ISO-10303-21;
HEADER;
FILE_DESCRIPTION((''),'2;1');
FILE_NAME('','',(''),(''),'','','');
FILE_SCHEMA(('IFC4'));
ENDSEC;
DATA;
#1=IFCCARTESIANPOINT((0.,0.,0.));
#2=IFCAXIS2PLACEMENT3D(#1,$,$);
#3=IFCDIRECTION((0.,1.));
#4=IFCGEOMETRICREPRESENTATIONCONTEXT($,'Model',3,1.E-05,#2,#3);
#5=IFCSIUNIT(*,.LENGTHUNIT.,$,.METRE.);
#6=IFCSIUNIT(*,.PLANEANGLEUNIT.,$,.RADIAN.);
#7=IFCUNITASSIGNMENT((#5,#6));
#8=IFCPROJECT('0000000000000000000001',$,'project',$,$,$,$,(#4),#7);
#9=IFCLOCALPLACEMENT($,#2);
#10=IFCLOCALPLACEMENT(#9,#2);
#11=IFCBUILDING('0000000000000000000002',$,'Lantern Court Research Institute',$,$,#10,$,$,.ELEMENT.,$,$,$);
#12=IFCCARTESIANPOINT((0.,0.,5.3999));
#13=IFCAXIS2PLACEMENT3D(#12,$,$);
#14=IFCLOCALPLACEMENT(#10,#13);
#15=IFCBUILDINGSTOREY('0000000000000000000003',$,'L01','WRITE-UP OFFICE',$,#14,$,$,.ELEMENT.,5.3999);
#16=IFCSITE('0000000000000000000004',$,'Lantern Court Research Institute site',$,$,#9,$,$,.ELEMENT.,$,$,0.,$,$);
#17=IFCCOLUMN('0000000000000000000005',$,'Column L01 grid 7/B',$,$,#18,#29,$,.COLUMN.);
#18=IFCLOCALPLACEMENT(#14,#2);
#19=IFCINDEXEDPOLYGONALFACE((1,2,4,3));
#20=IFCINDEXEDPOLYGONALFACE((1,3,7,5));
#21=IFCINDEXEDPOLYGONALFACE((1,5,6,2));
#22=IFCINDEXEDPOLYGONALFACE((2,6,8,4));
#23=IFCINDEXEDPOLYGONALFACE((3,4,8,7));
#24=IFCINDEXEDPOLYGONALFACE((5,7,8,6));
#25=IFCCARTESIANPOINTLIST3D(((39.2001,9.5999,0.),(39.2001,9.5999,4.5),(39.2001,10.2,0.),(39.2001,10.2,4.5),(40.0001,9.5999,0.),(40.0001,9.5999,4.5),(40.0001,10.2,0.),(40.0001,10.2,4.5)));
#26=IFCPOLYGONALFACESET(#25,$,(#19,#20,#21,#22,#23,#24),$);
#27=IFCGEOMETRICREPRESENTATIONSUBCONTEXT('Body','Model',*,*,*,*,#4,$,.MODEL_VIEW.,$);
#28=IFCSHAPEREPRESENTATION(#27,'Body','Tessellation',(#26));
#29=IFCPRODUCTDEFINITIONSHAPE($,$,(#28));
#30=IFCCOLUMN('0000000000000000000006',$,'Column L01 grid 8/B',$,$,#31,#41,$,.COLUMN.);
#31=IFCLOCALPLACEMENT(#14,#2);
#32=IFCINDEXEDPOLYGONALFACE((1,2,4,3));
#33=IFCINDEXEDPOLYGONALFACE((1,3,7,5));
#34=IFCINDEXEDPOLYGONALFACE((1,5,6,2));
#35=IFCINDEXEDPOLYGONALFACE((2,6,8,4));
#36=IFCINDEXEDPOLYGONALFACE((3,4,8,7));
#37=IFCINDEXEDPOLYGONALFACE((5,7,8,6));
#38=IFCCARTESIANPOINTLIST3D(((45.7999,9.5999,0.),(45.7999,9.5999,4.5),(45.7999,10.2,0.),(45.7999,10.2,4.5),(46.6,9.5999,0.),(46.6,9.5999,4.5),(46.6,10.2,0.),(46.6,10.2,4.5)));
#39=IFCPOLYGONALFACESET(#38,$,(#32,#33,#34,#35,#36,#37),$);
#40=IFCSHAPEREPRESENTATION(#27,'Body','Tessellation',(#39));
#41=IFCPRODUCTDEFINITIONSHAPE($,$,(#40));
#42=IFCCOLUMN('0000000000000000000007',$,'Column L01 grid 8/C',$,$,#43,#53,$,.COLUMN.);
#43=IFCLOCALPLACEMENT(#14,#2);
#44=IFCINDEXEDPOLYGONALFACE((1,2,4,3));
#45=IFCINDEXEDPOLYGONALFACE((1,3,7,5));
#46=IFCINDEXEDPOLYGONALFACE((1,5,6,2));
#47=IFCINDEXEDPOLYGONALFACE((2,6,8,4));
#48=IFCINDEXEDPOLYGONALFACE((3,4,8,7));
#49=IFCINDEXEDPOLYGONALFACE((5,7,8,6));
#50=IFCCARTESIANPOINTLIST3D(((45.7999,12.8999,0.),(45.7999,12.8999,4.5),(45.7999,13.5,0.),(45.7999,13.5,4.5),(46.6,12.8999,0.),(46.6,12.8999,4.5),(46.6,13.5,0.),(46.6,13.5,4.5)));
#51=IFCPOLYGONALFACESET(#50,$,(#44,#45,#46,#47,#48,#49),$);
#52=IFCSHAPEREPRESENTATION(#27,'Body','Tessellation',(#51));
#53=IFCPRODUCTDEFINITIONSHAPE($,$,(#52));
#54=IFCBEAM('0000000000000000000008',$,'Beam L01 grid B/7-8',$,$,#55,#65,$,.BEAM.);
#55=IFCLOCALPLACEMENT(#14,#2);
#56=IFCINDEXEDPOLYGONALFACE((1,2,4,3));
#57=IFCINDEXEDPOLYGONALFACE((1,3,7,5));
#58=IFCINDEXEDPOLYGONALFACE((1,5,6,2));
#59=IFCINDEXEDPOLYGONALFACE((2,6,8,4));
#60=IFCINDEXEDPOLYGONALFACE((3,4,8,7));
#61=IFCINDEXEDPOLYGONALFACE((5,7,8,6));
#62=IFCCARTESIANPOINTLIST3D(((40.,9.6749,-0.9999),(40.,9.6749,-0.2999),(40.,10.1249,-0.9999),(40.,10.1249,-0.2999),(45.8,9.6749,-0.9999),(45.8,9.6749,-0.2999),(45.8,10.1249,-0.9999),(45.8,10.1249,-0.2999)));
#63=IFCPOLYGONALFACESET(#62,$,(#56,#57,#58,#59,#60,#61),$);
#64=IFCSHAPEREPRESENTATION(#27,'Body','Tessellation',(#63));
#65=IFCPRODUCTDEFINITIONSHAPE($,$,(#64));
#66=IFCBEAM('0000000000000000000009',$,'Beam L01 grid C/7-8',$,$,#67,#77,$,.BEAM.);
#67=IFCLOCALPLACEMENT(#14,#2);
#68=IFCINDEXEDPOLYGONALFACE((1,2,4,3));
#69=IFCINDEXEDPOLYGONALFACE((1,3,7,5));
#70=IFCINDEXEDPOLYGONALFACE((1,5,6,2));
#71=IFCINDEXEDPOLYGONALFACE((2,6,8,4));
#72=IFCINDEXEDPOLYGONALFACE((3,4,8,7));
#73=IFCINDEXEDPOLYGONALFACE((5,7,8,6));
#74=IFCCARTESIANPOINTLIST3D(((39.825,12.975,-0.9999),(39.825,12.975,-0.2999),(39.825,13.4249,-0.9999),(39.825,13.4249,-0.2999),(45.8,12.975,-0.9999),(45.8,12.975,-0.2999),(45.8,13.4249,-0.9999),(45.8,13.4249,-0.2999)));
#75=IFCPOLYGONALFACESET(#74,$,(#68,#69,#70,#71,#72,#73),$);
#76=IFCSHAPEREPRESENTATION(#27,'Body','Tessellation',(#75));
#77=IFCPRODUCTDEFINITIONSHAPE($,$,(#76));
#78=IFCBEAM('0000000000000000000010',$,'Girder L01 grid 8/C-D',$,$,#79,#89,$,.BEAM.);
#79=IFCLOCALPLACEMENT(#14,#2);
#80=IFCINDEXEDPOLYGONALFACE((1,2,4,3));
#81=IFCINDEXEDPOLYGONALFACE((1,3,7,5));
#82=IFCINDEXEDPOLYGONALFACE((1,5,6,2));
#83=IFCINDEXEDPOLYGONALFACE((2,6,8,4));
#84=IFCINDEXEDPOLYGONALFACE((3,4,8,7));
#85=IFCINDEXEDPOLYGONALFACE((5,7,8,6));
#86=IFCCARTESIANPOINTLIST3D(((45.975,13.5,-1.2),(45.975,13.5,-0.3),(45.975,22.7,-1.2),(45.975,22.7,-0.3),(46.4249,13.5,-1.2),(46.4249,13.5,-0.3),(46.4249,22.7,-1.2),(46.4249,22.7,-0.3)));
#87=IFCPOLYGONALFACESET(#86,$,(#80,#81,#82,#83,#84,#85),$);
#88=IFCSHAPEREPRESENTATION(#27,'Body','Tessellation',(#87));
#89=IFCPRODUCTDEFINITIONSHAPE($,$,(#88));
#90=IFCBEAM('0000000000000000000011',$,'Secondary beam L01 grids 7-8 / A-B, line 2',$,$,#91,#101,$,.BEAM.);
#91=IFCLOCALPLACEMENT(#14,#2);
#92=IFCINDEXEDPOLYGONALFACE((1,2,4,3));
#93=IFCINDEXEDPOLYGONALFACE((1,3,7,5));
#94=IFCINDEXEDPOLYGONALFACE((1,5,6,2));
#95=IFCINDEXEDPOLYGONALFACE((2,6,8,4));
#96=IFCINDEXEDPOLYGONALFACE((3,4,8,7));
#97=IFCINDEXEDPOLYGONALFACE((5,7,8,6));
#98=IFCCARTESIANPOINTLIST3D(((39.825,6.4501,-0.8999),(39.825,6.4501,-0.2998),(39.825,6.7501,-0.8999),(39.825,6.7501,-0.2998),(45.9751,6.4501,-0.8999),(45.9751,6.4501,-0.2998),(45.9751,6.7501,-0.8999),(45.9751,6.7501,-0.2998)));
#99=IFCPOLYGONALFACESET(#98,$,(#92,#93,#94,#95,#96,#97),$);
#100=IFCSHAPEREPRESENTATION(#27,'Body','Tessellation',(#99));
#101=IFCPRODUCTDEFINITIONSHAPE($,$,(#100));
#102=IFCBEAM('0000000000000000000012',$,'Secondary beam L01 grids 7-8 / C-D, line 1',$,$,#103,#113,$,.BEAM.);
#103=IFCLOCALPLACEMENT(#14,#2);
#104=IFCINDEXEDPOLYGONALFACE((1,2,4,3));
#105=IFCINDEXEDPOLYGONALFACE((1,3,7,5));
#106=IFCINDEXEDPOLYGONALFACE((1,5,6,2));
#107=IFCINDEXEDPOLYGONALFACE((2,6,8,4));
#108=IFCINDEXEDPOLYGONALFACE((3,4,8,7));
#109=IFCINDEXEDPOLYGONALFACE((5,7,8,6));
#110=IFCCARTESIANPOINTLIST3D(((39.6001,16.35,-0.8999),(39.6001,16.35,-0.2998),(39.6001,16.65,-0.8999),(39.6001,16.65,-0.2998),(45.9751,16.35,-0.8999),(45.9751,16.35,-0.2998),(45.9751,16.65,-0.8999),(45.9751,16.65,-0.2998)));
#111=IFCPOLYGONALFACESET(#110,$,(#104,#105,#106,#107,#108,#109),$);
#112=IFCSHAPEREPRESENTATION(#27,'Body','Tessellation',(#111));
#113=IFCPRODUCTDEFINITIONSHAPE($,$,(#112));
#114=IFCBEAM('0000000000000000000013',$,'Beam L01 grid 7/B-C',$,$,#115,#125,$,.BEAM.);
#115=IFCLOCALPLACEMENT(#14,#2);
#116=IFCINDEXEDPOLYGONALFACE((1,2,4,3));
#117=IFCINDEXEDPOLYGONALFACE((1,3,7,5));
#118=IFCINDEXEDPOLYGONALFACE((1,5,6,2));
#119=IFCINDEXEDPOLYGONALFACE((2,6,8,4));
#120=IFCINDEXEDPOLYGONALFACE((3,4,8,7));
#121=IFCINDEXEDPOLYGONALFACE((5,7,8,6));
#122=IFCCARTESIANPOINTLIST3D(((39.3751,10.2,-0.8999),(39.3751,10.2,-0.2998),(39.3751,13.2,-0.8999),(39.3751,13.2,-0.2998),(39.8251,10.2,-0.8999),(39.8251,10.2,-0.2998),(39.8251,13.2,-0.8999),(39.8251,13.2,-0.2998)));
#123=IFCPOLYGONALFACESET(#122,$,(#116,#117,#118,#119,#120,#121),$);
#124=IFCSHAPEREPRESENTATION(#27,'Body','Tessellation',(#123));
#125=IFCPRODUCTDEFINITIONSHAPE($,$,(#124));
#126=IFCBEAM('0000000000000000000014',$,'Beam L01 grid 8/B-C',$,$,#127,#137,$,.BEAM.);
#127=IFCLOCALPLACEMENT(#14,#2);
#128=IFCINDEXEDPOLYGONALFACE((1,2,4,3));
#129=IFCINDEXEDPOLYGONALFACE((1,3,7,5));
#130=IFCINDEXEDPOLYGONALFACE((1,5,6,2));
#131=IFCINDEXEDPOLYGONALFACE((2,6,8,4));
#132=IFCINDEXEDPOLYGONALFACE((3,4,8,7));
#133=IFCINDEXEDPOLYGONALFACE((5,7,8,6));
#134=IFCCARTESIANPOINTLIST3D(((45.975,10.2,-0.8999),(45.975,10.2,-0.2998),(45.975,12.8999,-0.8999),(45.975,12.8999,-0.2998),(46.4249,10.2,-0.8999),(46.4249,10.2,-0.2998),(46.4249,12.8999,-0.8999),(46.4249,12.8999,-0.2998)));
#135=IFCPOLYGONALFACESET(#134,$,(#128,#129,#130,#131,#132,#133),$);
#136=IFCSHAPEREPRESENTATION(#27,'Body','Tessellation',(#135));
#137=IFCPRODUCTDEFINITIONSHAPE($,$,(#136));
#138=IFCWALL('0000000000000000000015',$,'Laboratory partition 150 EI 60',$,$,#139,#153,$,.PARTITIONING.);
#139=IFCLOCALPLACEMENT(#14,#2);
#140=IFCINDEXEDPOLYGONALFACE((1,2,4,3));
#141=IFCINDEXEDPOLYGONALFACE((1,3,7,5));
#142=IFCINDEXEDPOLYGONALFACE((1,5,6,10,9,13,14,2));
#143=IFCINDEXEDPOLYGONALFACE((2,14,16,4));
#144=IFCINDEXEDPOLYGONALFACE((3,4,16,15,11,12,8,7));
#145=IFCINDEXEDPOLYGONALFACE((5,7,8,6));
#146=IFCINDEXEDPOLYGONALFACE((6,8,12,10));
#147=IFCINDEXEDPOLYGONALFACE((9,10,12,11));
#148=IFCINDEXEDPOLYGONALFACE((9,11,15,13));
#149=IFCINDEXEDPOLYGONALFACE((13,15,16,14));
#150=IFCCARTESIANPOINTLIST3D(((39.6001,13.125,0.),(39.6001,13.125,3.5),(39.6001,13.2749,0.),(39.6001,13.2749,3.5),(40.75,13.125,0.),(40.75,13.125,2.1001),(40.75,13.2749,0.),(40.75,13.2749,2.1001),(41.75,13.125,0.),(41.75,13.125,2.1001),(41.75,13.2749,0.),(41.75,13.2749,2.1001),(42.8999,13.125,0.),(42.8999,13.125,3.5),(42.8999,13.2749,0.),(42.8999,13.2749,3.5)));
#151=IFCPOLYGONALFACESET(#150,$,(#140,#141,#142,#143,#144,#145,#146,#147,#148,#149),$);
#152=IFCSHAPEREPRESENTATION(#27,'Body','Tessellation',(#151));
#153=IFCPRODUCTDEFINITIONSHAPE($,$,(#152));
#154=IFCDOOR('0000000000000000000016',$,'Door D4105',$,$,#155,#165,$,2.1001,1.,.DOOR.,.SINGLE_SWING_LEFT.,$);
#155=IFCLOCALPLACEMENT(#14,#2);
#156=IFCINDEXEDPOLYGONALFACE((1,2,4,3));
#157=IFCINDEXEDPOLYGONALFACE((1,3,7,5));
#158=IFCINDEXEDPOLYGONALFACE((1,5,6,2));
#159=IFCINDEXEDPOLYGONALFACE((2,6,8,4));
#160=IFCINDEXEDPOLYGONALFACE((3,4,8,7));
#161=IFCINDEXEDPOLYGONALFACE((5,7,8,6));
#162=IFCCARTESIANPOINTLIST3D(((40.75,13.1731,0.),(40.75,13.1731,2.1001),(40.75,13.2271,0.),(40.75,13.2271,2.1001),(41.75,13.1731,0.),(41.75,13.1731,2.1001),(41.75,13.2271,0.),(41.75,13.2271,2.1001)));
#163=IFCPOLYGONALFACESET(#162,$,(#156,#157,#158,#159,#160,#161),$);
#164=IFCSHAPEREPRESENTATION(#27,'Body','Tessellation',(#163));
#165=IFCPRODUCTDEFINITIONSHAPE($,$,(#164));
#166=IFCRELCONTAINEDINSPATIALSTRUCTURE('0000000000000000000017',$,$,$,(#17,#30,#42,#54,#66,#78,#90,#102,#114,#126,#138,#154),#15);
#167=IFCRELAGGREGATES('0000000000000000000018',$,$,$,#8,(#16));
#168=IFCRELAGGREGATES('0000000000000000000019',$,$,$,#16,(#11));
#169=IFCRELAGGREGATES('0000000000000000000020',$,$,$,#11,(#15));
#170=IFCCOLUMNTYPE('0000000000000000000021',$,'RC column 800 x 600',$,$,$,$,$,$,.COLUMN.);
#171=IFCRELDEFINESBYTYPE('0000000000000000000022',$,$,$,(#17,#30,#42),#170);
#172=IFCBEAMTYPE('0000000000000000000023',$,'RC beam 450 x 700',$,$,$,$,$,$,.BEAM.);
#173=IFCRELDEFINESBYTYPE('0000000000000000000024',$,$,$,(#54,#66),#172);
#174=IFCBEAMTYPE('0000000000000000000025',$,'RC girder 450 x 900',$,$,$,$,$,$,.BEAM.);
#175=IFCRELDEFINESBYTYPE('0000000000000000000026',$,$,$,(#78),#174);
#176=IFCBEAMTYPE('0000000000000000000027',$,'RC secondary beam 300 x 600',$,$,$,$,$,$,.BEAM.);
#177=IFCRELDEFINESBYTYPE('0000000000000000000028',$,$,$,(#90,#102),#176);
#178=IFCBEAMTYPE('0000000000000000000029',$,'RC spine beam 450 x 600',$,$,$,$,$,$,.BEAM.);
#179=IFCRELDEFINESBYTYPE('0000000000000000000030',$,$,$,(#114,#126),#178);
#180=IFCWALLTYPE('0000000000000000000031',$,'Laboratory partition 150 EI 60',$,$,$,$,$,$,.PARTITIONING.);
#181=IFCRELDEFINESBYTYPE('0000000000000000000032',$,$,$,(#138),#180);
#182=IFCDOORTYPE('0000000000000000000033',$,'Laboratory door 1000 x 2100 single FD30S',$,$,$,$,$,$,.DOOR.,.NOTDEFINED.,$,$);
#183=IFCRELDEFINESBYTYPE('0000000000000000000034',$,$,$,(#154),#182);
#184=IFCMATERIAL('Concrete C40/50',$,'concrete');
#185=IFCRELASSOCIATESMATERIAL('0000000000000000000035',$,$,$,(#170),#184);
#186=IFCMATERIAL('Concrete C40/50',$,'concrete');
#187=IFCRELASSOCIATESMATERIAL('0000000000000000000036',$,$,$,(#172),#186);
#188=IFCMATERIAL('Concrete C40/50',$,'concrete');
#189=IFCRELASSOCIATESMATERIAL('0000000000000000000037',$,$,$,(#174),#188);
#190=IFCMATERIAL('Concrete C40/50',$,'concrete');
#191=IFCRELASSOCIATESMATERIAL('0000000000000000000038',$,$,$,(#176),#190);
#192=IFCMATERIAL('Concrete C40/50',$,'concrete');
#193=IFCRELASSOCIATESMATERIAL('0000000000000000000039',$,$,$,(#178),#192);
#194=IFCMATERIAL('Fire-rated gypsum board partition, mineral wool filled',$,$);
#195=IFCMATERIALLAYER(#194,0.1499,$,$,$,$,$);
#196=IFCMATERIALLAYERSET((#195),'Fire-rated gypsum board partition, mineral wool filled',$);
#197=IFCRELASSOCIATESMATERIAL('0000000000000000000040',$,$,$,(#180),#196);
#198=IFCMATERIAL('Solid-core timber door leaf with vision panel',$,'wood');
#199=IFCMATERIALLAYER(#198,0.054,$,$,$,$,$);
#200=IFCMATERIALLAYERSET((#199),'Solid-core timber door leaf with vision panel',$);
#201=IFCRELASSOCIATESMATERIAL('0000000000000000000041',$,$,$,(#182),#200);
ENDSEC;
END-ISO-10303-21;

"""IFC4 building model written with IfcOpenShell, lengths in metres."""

from ifc_helpers import new_model, si_unit, direction, frame, frame_2d, origin, origin_2d, place, context, subcontext, project, spatial, rectangle, extrude, material, layer, layer_set, material_profile, profile_set, type_object, element, fill, save


model = new_model("IFC4")

# Units and contexts
model_context = context("Model", 3, precision=1e-05, world=origin(), true_north=direction((0.0, 1.0)))
body_context = subcontext(model_context, "Body", "Model", "MODEL_VIEW")
ifc_project = project(units=[si_unit("LENGTHUNIT", "METRE"), si_unit("PLANEANGLEUNIT", "RADIAN")], contexts=[model_context])

# Site, building, storey
site_placement = place(None, origin())
site = spatial("IfcSite", under=ifc_project, at=site_placement, Name="Lantern Court Research Institute site", CompositionType="ELEMENT", RefElevation=0.0)
building_placement = place(site_placement, origin())
building = spatial("IfcBuilding", under=site, at=building_placement, Name="Lantern Court Research Institute", CompositionType="ELEMENT")
storey_placement = place(building_placement, frame((0.0, 0.0, 5.3999)))
storey = spatial("IfcBuildingStorey", under=building, at=storey_placement, Name="L01", Description="WRITE-UP OFFICE", CompositionType="ELEMENT", Elevation=5.3999)

# Columns
ifc_material_1 = material(Name="Concrete C40/50", Category="concrete")
ifc_material_profile_1 = material_profile(ifc_material_1, rectangle(XDim=0.8, YDim=0.6001, at=origin_2d()), Name="RC column 800 x 600")
ifc_profile_set_1 = profile_set([ifc_material_profile_1], Name="Concrete C40/50")
column_type = type_object("IfcColumnType", Name="RC column 800 x 600", PredefinedType="COLUMN", material=ifc_profile_set_1)
for number, where, z_axis, x_axis, name in (
    (1, (39.6001, 9.8999, 0.0), (0.0, 0.0, 1.0), (1.0, 0.0, 0.0), "Column L01 grid 7/B"),
    (2, (46.2, 9.8999, 0.0), (0.0, 0.0, 1.0), (1.0, 0.0, 0.0), "Column L01 grid 8/B"),
    (3, (46.2, 13.2, 0.0), (0.0, 0.0, 1.0), (1.0, 0.0, 0.0), "Column L01 grid 8/C"),
):
    element("IfcColumn", number, at=place(storey_placement, frame(where, z_axis=z_axis, x_axis=x_axis)), inside=storey, type_object=column_type, Name=name, PredefinedType="COLUMN", context=body_context, shape_type="SweptSolid", body=[
        extrude(rectangle(XDim=0.8, YDim=0.6001, at=origin_2d()), origin(), (0.0, 0.0, 1.0), 4.5),
    ])

# Beams
ifc_material_2 = material(Name="Concrete C40/50", Category="concrete")
ifc_material_profile_2 = material_profile(ifc_material_2, rectangle(XDim=0.45, YDim=0.7, at=origin_2d()), Name="RC beam 450 x 700")
ifc_profile_set_2 = profile_set([ifc_material_profile_2], Name="Concrete C40/50")
beam_type_1 = type_object("IfcBeamType", Name="RC beam 450 x 700", PredefinedType="BEAM", material=ifc_profile_set_2)
beam_1_placement = place(storey_placement, frame((40.0, 9.8999, -0.6499), z_axis=(1.0, 0.0, 0.0), x_axis=(0.0, 1.0, 0.0)))
element("IfcBeam", 4, at=beam_1_placement, inside=storey, type_object=beam_type_1, Name="Beam L01 grid B/7-8", PredefinedType="BEAM", context=body_context, shape_type="SweptSolid", body=[
    extrude(rectangle(XDim=0.45, YDim=0.7, at=origin_2d()), origin(), (0.0, 0.0, 1.0), 5.8),
])
beam_2_placement = place(storey_placement, frame((39.825, 13.2, -0.6499), z_axis=(1.0, 0.0, 0.0), x_axis=(0.0, 1.0, 0.0)))
element("IfcBeam", 5, at=beam_2_placement, inside=storey, type_object=beam_type_1, Name="Beam L01 grid C/7-8", PredefinedType="BEAM", context=body_context, shape_type="SweptSolid", body=[
    extrude(rectangle(XDim=0.45, YDim=0.7, at=origin_2d()), origin(), (0.0, 0.0, 1.0), 5.9751),
])
ifc_material_3 = material(Name="Concrete C40/50", Category="concrete")
ifc_material_profile_3 = material_profile(ifc_material_3, rectangle(XDim=0.45, YDim=0.8999, at=origin_2d()), Name="RC beam 450 x 900")
ifc_profile_set_3 = profile_set([ifc_material_profile_3], Name="Concrete C40/50")
beam_type_2 = type_object("IfcBeamType", Name="RC girder 450 x 900", PredefinedType="BEAM", material=ifc_profile_set_3)
beam_3_placement = place(storey_placement, frame((46.2, 13.5, -0.75), z_axis=(0.0, 1.0, 0.0), x_axis=(-1.0, 0.0, 0.0)))
element("IfcBeam", 6, at=beam_3_placement, inside=storey, type_object=beam_type_2, Name="Girder L01 grid 8/C-D", PredefinedType="BEAM", context=body_context, shape_type="SweptSolid", body=[
    extrude(rectangle(XDim=0.45, YDim=0.8999, at=origin_2d()), origin(), (0.0, 0.0, 1.0), 9.2),
])
ifc_material_4 = material(Name="Concrete C40/50", Category="concrete")
ifc_material_profile_4 = material_profile(ifc_material_4, rectangle(XDim=0.3, YDim=0.6001, at=origin_2d()), Name="RC beam 300 x 600")
ifc_profile_set_4 = profile_set([ifc_material_profile_4], Name="Concrete C40/50")
beam_type_3 = type_object("IfcBeamType", Name="RC secondary beam 300 x 600", PredefinedType="BEAM", material=ifc_profile_set_4)
beam_4_placement = place(storey_placement, frame((39.825, 6.6001, -0.5999), z_axis=(1.0, 0.0, 0.0), x_axis=(0.0, 1.0, 0.0)))
element("IfcBeam", 7, at=beam_4_placement, inside=storey, type_object=beam_type_3, Name="Secondary beam L01 grids 7-8 / A-B, line 2", PredefinedType="BEAM", context=body_context, shape_type="SweptSolid", body=[
    extrude(rectangle(XDim=0.3, YDim=0.6001, at=origin_2d()), origin(), (0.0, 0.0, 1.0), 6.1501),
])
beam_5_placement = place(storey_placement, frame((39.6001, 16.5, -0.5999), z_axis=(1.0, 0.0, 0.0), x_axis=(0.0, 1.0, 0.0)))
element("IfcBeam", 8, at=beam_5_placement, inside=storey, type_object=beam_type_3, Name="Secondary beam L01 grids 7-8 / C-D, line 1", PredefinedType="BEAM", context=body_context, shape_type="SweptSolid", body=[
    extrude(rectangle(XDim=0.3, YDim=0.6001, at=origin_2d()), origin(), (0.0, 0.0, 1.0), 6.375),
])
ifc_material_5 = material(Name="Concrete C40/50", Category="concrete")
ifc_material_profile_5 = material_profile(ifc_material_5, rectangle(XDim=0.45, YDim=0.6001, at=origin_2d()), Name="RC beam 450 x 600")
ifc_profile_set_5 = profile_set([ifc_material_profile_5], Name="Concrete C40/50")
beam_type_4 = type_object("IfcBeamType", Name="RC spine beam 450 x 600", PredefinedType="BEAM", material=ifc_profile_set_5)
beam_6_placement = place(storey_placement, frame((39.6001, 10.2, -0.5999), z_axis=(0.0, 1.0, 0.0), x_axis=(-1.0, 0.0, 0.0)))
element("IfcBeam", 9, at=beam_6_placement, inside=storey, type_object=beam_type_4, Name="Beam L01 grid 7/B-C", PredefinedType="BEAM", context=body_context, shape_type="SweptSolid", body=[
    extrude(rectangle(XDim=0.45, YDim=0.6001, at=origin_2d()), origin(), (0.0, 0.0, 1.0), 3.0),
])
beam_7_placement = place(storey_placement, frame((46.2, 10.2, -0.5999), z_axis=(0.0, 1.0, 0.0), x_axis=(-1.0, 0.0, 0.0)))
element("IfcBeam", 10, at=beam_7_placement, inside=storey, type_object=beam_type_4, Name="Beam L01 grid 8/B-C", PredefinedType="BEAM", context=body_context, shape_type="SweptSolid", body=[
    extrude(rectangle(XDim=0.45, YDim=0.6001, at=origin_2d()), origin(), (0.0, 0.0, 1.0), 2.7),
])

# Wall, opening, door
ifc_material_6 = material(Name="Fire-rated gypsum board partition, mineral wool filled")
ifc_layer_1 = layer(ifc_material_6, 0.1499)
ifc_layer_set_1 = layer_set([ifc_layer_1], Name="Fire-rated gypsum board partition, mineral wool filled")
wall_type = type_object("IfcWallType", Name="Laboratory partition 150 EI 60", PredefinedType="PARTITIONING", material=ifc_layer_set_1)
wall_1_placement = place(storey_placement, frame((42.8999, 13.2, 0.0), z_axis=(0.0, 0.0, 1.0), x_axis=(-1.0, 0.0, 0.0)))
wall_1 = element("IfcWall", 11, at=wall_1_placement, inside=storey, type_object=wall_type, Name="Laboratory partition 150 EI 60", PredefinedType="PARTITIONING", context=body_context, shape_type="SweptSolid", body=[
    extrude(rectangle(XDim=3.2998, YDim=0.1499, at=frame_2d((1.6499, 0.0))), origin(), (0.0, 0.0, 1.0), 3.5),
])
opening_1_placement = place(wall_1_placement, frame((1.1499, 0.0, 0.0)))
opening_1 = element("IfcOpeningElement", 12, at=opening_1_placement, cuts=wall_1, PredefinedType="OPENING", context=body_context, shape_type="SweptSolid", body=[
    extrude(rectangle(XDim=1.0, YDim=2.1001, at=frame_2d((0.5, 1.05))), frame((0.0, 0.085, 0.0), z_axis=(0.0, -1.0, 0.0), x_axis=(1.0, 0.0, 0.0)), (0.0, 0.0, 1.0), 0.1699),
])
ifc_material_7 = material(Name="Solid-core timber door leaf with vision panel", Category="wood")
ifc_layer_2 = layer(ifc_material_7, 0.054)
ifc_layer_set_2 = layer_set([ifc_layer_2], Name="Solid-core timber door leaf with vision panel")
door_type_1 = type_object("IfcDoorType", Name="Laboratory door 1000 x 2100 single FD30S", OperationType="NOTDEFINED", PredefinedType="DOOR", material=ifc_layer_set_2)
door_1_placement = place(opening_1_placement, origin())
door_1 = element("IfcDoor", 13, at=door_1_placement, inside=storey, type_object=door_type_1, Name="Door D4105", OperationType="SINGLE_SWING_LEFT", OverallHeight=2.1001, OverallWidth=1.0, PredefinedType="DOOR", context=body_context, shape_type="SweptSolid", body=[
    extrude(rectangle(XDim=1.0, YDim=2.1001, at=frame_2d((0.5, 1.05))), frame((0.0, 0.0269, 0.0), z_axis=(0.0, -1.0, 0.0), x_axis=(1.0, 0.0, 0.0)), (0.0, 0.0, 1.0), 0.054),
])
fill(opening_1, door_1)

save(model, "model.ifc")
